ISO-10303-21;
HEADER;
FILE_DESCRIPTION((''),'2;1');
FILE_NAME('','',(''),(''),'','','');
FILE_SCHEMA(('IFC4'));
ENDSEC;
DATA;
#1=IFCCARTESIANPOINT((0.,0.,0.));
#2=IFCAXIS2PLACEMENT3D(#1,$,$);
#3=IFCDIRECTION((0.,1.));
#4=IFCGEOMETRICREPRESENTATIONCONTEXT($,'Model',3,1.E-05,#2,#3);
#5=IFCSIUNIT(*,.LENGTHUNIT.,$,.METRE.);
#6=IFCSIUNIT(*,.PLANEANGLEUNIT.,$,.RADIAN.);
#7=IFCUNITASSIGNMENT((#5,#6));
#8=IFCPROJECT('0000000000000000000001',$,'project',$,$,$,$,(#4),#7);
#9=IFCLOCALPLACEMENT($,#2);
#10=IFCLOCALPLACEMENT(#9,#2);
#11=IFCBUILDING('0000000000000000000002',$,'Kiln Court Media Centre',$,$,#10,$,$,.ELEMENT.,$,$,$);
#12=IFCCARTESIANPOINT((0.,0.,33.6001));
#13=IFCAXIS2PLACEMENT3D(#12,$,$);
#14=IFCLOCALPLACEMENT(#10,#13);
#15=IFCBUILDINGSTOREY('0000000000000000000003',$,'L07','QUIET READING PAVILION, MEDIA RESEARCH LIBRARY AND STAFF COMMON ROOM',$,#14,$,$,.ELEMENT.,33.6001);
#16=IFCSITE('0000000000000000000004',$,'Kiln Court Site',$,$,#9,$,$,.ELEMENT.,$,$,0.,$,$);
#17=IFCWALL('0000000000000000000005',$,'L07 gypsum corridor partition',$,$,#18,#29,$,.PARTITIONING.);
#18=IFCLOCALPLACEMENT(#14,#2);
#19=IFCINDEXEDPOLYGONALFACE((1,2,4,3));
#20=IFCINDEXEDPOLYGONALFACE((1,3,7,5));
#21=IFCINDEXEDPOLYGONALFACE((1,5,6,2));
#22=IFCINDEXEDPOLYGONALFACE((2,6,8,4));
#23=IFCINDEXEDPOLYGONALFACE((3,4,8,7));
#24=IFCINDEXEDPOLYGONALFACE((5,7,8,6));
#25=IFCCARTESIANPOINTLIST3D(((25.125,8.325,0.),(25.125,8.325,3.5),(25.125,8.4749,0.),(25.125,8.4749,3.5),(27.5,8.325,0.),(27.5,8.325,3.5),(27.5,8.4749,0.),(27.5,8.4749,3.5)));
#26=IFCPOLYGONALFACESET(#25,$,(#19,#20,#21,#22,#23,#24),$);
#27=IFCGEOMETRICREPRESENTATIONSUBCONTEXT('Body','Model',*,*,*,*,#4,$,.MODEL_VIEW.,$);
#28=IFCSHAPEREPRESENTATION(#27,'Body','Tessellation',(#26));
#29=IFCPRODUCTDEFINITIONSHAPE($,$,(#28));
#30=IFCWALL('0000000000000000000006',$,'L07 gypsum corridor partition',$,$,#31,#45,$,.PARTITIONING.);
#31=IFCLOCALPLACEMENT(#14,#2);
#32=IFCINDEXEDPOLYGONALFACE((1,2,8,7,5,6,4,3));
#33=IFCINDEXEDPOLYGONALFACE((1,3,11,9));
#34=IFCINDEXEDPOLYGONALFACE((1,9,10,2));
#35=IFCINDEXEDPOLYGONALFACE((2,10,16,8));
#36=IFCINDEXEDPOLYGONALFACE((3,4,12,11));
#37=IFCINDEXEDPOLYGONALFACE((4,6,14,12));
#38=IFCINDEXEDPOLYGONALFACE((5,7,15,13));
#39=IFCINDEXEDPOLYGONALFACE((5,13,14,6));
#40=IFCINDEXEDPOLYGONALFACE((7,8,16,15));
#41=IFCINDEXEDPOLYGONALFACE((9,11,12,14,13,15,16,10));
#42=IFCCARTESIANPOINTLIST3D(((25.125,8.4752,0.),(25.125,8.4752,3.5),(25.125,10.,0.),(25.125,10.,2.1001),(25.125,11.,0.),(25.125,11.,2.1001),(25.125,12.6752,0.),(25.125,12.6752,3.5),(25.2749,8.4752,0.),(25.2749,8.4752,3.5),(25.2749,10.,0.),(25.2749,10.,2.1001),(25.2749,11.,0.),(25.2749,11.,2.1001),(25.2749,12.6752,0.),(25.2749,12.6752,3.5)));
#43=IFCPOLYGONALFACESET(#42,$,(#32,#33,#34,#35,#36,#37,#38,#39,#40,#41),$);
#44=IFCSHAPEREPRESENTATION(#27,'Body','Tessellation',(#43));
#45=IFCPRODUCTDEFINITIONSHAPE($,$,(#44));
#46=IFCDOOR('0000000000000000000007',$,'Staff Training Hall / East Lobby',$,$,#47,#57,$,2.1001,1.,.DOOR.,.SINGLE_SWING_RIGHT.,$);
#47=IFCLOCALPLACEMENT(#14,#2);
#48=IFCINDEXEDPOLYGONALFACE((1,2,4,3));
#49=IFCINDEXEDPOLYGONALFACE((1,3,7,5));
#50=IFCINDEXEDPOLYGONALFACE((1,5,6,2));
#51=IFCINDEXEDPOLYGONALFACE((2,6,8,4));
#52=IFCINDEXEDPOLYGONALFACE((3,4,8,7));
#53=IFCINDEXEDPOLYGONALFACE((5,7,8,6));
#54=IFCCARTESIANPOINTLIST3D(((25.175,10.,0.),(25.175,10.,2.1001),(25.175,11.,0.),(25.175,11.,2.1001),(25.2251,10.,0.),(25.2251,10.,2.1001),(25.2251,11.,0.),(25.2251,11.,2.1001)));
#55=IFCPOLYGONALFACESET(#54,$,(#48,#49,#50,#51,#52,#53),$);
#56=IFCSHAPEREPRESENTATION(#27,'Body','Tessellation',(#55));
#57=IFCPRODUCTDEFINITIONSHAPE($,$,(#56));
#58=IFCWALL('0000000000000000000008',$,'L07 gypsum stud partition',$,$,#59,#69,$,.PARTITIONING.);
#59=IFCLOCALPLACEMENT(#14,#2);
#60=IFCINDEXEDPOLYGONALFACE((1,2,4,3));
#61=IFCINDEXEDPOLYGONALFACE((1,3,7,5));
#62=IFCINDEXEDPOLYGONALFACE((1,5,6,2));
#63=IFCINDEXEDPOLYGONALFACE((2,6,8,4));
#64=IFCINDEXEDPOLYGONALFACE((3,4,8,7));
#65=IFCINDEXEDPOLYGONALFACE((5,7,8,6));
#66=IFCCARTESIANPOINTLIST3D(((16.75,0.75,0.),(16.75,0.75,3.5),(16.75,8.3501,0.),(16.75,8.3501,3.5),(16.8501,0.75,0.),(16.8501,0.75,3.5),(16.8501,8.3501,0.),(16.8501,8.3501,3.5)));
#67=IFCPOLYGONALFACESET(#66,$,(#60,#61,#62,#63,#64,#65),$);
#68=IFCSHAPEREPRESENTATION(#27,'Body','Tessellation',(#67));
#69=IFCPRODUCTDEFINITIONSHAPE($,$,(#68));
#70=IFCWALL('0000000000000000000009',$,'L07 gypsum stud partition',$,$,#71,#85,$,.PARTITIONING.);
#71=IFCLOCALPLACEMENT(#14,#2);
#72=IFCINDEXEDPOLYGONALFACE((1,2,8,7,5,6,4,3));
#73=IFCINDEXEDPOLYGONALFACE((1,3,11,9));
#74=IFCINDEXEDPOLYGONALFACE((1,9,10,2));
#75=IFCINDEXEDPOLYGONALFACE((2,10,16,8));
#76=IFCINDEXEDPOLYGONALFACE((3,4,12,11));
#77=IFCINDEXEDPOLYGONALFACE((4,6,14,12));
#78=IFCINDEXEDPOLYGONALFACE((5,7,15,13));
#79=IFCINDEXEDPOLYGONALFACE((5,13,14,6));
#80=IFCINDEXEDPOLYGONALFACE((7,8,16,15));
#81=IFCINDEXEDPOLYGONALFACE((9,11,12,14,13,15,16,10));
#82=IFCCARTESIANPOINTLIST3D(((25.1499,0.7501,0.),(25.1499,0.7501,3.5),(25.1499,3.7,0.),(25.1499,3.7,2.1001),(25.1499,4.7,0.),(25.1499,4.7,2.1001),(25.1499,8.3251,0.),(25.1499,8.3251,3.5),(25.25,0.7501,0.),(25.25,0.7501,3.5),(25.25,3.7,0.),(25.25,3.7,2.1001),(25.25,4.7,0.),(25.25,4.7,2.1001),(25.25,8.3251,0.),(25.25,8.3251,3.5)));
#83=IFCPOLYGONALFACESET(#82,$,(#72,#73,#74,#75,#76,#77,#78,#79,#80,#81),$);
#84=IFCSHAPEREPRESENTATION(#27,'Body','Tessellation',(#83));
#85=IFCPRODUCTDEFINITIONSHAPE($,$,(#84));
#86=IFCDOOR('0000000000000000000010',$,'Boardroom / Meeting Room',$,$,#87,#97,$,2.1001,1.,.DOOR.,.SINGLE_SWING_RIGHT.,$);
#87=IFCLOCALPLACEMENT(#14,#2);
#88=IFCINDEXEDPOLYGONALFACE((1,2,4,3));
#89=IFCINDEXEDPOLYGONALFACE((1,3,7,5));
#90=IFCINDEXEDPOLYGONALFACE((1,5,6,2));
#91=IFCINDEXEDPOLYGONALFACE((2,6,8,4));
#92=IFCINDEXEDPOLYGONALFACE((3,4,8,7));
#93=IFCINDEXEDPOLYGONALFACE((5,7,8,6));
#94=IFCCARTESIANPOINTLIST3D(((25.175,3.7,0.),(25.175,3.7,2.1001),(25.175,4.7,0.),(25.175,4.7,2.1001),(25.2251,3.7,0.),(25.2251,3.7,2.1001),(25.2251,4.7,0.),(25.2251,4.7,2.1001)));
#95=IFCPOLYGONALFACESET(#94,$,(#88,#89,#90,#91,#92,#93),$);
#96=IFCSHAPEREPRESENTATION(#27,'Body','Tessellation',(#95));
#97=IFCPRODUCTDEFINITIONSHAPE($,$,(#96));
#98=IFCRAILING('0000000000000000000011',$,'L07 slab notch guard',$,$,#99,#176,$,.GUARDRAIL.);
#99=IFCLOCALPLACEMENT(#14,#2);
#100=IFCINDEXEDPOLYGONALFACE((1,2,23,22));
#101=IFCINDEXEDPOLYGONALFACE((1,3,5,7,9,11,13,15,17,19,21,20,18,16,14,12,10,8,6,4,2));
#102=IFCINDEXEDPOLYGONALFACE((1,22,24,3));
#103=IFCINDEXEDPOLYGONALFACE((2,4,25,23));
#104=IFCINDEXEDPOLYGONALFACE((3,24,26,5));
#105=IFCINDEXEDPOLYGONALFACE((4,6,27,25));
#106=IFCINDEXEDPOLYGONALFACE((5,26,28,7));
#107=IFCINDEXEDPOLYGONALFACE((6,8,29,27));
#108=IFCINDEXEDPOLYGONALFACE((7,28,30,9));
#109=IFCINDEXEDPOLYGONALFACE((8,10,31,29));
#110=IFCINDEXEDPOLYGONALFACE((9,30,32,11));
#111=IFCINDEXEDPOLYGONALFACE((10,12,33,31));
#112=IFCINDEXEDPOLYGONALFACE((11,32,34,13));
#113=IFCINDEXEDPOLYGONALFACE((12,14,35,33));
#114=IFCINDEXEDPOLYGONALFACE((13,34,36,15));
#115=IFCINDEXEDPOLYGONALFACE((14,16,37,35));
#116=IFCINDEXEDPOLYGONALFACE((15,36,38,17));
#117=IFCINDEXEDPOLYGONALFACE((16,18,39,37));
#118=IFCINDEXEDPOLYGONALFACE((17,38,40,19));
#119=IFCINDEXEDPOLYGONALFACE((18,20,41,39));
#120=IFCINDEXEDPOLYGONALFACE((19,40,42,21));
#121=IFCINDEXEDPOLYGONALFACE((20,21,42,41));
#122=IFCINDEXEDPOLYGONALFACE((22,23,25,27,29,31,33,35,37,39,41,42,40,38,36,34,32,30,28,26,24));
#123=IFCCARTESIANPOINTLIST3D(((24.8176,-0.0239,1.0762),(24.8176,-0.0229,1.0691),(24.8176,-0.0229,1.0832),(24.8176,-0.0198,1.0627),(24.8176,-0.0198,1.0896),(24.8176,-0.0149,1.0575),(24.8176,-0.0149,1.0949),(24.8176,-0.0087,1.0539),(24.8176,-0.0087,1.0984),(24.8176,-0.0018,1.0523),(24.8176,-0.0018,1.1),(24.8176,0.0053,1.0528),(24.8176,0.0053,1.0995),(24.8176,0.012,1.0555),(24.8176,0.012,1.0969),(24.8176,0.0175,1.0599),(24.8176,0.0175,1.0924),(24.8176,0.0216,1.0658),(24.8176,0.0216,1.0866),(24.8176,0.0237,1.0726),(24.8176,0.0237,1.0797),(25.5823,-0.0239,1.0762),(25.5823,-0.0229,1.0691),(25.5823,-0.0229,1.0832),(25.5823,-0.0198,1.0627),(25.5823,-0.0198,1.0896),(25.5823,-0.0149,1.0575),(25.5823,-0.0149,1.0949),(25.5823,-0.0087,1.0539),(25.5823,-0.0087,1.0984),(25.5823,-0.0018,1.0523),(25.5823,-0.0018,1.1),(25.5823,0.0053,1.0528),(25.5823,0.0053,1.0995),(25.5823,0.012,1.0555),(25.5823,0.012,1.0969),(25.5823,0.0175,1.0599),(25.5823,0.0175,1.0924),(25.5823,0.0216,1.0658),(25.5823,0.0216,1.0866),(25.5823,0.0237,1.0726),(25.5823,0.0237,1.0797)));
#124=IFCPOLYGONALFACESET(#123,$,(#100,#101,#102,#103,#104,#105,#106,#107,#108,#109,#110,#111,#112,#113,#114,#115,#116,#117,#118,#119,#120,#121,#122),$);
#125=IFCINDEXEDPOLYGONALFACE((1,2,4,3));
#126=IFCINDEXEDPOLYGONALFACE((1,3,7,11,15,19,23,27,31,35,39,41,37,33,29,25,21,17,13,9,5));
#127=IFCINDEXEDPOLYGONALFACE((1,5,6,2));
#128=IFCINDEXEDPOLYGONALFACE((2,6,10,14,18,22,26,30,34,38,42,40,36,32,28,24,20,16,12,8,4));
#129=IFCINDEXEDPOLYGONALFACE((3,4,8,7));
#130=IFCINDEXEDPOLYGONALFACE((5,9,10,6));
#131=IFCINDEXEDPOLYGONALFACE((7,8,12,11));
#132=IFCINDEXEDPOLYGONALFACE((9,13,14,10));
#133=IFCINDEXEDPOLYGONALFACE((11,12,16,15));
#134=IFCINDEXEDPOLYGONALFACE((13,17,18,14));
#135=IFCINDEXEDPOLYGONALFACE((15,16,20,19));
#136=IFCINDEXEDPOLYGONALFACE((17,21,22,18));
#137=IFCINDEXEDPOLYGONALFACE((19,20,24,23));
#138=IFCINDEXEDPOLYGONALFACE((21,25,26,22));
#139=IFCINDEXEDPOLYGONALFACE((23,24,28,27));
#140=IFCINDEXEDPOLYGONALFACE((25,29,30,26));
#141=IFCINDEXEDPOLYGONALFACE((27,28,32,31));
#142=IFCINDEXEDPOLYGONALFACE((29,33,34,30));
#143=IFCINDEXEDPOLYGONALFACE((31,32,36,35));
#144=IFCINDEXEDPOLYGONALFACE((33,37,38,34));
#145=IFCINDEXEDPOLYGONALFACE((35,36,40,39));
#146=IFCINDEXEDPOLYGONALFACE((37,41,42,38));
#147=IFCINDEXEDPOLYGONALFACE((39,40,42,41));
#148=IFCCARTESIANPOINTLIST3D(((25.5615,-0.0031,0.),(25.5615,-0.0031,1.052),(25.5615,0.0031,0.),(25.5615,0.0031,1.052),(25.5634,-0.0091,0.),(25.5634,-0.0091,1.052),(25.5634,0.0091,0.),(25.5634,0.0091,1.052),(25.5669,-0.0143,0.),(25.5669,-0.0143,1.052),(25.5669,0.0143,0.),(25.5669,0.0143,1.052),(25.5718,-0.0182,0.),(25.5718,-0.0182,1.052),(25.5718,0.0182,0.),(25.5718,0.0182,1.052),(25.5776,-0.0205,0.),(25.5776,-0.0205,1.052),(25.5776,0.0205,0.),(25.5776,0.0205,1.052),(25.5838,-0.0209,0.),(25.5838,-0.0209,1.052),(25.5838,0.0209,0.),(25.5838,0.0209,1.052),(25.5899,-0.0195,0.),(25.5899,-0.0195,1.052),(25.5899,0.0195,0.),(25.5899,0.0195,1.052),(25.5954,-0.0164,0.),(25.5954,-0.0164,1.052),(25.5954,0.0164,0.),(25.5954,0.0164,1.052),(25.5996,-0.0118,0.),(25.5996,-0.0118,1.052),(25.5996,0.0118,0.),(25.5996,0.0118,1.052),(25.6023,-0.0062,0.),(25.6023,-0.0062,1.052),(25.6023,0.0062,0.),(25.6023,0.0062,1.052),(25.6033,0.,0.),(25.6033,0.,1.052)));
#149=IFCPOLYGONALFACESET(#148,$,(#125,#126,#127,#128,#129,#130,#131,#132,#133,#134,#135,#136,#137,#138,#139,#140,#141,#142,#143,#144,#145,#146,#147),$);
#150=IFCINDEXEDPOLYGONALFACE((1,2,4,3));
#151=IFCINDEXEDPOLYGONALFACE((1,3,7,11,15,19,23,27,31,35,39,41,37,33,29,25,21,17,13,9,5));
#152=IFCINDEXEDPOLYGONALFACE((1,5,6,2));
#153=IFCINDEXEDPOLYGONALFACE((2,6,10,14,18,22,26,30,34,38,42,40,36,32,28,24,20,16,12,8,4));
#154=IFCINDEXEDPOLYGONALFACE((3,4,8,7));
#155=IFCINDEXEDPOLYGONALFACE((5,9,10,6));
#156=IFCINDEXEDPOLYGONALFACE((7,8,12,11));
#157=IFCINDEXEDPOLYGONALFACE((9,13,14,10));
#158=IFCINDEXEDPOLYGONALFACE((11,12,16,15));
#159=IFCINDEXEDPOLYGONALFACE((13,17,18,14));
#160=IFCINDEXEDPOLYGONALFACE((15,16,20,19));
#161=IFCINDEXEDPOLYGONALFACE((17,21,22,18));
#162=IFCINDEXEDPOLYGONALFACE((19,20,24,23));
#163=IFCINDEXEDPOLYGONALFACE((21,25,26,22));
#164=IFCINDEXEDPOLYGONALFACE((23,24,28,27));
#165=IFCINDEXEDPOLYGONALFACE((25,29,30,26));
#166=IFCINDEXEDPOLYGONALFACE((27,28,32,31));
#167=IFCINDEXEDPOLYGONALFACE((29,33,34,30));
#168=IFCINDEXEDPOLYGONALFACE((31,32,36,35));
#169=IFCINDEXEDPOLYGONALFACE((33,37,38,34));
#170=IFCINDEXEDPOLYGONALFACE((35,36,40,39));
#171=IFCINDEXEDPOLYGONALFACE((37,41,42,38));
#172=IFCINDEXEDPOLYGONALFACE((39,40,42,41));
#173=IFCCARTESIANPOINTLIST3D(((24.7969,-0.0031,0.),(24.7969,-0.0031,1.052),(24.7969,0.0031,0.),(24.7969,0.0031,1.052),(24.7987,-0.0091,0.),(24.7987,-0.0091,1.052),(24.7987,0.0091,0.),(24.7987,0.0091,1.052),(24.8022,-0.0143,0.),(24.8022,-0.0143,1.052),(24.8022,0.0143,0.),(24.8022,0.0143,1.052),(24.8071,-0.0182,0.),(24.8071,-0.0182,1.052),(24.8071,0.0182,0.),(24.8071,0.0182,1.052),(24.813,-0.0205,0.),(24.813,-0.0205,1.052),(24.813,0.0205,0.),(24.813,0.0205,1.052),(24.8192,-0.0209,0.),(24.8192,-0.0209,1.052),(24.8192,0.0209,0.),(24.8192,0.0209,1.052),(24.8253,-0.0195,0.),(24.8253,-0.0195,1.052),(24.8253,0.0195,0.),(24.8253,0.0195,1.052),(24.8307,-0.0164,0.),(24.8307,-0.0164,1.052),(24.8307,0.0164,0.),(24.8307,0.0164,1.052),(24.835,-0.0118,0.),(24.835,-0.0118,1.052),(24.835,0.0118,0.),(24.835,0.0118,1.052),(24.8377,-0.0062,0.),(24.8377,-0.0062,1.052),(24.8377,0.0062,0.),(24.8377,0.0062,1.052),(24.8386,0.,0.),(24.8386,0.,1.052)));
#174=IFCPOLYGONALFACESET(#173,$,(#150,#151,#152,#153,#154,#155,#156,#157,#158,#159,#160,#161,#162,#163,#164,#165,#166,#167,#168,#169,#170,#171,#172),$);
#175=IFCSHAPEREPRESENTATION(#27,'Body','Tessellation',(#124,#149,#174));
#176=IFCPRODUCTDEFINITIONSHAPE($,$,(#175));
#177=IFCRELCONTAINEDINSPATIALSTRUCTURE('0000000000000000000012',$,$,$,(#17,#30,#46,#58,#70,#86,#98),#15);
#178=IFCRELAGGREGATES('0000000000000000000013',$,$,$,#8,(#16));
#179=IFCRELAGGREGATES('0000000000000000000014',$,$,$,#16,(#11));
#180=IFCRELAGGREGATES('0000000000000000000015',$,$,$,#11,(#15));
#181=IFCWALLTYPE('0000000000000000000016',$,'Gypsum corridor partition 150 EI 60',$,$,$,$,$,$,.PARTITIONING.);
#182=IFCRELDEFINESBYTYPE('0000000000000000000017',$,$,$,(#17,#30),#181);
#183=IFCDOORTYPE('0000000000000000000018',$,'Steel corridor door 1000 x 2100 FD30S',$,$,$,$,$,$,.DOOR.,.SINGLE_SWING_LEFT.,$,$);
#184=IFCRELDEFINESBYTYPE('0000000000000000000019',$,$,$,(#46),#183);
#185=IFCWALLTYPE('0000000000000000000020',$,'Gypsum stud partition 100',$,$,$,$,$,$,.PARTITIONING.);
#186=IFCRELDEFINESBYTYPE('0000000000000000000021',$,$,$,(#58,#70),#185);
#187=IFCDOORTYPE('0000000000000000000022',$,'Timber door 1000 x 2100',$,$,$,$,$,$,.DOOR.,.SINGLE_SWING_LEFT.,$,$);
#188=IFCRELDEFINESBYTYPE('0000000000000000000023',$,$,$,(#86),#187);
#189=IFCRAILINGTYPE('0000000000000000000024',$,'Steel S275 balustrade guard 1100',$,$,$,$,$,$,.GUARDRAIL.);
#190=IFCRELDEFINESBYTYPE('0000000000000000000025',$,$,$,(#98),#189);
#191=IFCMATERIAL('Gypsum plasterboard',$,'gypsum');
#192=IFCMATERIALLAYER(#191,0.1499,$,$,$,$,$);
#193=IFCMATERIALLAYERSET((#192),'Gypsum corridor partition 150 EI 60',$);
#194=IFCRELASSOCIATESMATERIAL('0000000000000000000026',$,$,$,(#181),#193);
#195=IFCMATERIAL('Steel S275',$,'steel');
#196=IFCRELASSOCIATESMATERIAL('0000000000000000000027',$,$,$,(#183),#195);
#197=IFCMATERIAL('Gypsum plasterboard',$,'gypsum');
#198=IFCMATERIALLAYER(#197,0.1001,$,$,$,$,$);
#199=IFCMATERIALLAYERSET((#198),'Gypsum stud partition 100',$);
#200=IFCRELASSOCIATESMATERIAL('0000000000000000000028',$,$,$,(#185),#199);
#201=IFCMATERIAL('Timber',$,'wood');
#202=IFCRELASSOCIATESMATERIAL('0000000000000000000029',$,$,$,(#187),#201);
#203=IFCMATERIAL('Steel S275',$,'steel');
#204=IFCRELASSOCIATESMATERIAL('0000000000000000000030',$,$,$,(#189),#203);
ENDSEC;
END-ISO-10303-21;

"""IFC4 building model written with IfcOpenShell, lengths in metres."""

from ifc_helpers import new_model, si_unit, direction, frame, frame_2d, origin, origin_2d, place, context, subcontext, project, spatial, rectangle, circle, extrude, material, layer, layer_set, type_object, element, fill, save


model = new_model("IFC4")

# Units and contexts
model_context = context("Model", 3, precision=1e-05, world=origin(), true_north=direction((0.0, 1.0)))
body_context = subcontext(model_context, "Body", "Model", "MODEL_VIEW")
ifc_project = project(units=[si_unit("LENGTHUNIT", "METRE"), si_unit("PLANEANGLEUNIT", "RADIAN")], contexts=[model_context])

# Site, building, storey
site_placement = place(None, origin())
site = spatial("IfcSite", under=ifc_project, at=site_placement, Name="Kiln Court Site", CompositionType="ELEMENT", RefElevation=0.0)
building_placement = place(site_placement, origin())
building = spatial("IfcBuilding", under=site, at=building_placement, Name="Kiln Court Media Centre", CompositionType="ELEMENT")
storey_placement = place(building_placement, frame((0.0, 0.0, 33.6001)))
storey = spatial("IfcBuildingStorey", under=building, at=storey_placement, Name="L07", Description="QUIET READING PAVILION, MEDIA RESEARCH LIBRARY AND STAFF COMMON ROOM", CompositionType="ELEMENT", Elevation=33.6001)

# Wall
ifc_material_1 = material(Name="Gypsum plasterboard", Category="gypsum")
ifc_layer_1 = layer(ifc_material_1, 0.1499)
ifc_layer_set_1 = layer_set([ifc_layer_1], Name="Gypsum corridor partition 150 EI 60")
wall_type_1 = type_object("IfcWallType", Name="Gypsum corridor partition 150 EI 60", PredefinedType="PARTITIONING", material=ifc_layer_set_1)
wall_1_placement = place(storey_placement, frame((25.125, 8.3999, 0.0), z_axis=(0.0, 0.0, 1.0), x_axis=(1.0, 0.0, 0.0)))
element("IfcWall", 1, at=wall_1_placement, inside=storey, type_object=wall_type_1, Name="L07 gypsum corridor partition", PredefinedType="PARTITIONING", context=body_context, shape_type="SweptSolid", body=[
    extrude(rectangle(XDim=2.375, YDim=0.1499, at=frame_2d((1.1875, 0.0))), origin(), (0.0, 0.0, 1.0), 3.5),
])

# Wall, opening, door
wall_2_placement = place(storey_placement, frame((25.2, 8.4751, 0.0), z_axis=(0.0, 0.0, 1.0), x_axis=(0.0, 1.0, 0.0)))
wall_2 = element("IfcWall", 2, at=wall_2_placement, inside=storey, type_object=wall_type_1, Name="L07 gypsum corridor partition", PredefinedType="PARTITIONING", context=body_context, shape_type="SweptSolid", body=[
    extrude(rectangle(XDim=4.2, YDim=0.1499, at=frame_2d((2.1001, 0.0))), origin(), (0.0, 0.0, 1.0), 3.5),
])
opening_1_placement = place(wall_2_placement, frame((1.5249, 0.0, 0.0)))
opening_1 = element("IfcOpeningElement", 3, at=opening_1_placement, cuts=wall_2, PredefinedType="OPENING", context=body_context, shape_type="SweptSolid", body=[
    extrude(rectangle(XDim=1.0, YDim=2.1001, at=frame_2d((0.5, 1.05))), frame((0.0, 0.085, 0.0), z_axis=(0.0, -1.0, 0.0), x_axis=(1.0, 0.0, 0.0)), (0.0, 0.0, 1.0), 0.1699),
])
ifc_material_2 = material(Name="Steel S275", Category="steel")
door_type_1 = type_object("IfcDoorType", Name="Steel corridor door 1000 x 2100 FD30S", OperationType="SINGLE_SWING_LEFT", PredefinedType="DOOR", material=ifc_material_2)
door_1_placement = place(opening_1_placement, origin())
door_1 = element("IfcDoor", 4, at=door_1_placement, inside=storey, type_object=door_type_1, Name="Staff Training Hall / East Lobby", OperationType="SINGLE_SWING_RIGHT", OverallHeight=2.1001, OverallWidth=1.0, PredefinedType="DOOR", context=body_context, shape_type="SweptSolid", body=[
    extrude(rectangle(XDim=1.0, YDim=2.1001, at=frame_2d((0.5, 1.05))), frame((0.0, 0.0249, 0.0), z_axis=(0.0, -1.0, 0.0), x_axis=(1.0, 0.0, 0.0)), (0.0, 0.0, 1.0), 0.05),
])
fill(opening_1, door_1)

# Wall
ifc_material_3 = material(Name="Gypsum plasterboard", Category="gypsum")
ifc_layer_2 = layer(ifc_material_3, 0.1001)
ifc_layer_set_2 = layer_set([ifc_layer_2], Name="Gypsum stud partition 100")
wall_type_2 = type_object("IfcWallType", Name="Gypsum stud partition 100", PredefinedType="PARTITIONING", material=ifc_layer_set_2)
wall_3_placement = place(storey_placement, frame((16.8, 0.75, 0.0), z_axis=(0.0, 0.0, 1.0), x_axis=(0.0, 1.0, 0.0)))
element("IfcWall", 5, at=wall_3_placement, inside=storey, type_object=wall_type_2, Name="L07 gypsum stud partition", PredefinedType="PARTITIONING", context=body_context, shape_type="SweptSolid", body=[
    extrude(rectangle(XDim=7.6001, YDim=0.1001, at=frame_2d((3.8, 0.0))), origin(), (0.0, 0.0, 1.0), 3.5),
])

# Wall, opening, door
wall_4_placement = place(storey_placement, frame((25.2, 0.75, 0.0), z_axis=(0.0, 0.0, 1.0), x_axis=(0.0, 1.0, 0.0)))
wall_4 = element("IfcWall", 6, at=wall_4_placement, inside=storey, type_object=wall_type_2, Name="L07 gypsum stud partition", PredefinedType="PARTITIONING", context=body_context, shape_type="SweptSolid", body=[
    extrude(rectangle(XDim=7.575, YDim=0.1001, at=frame_2d((3.7876, 0.0))), origin(), (0.0, 0.0, 1.0), 3.5),
])
opening_2_placement = place(wall_4_placement, frame((2.95, 0.0, 0.0)))
opening_2 = element("IfcOpeningElement", 7, at=opening_2_placement, cuts=wall_4, PredefinedType="OPENING", context=body_context, shape_type="SweptSolid", body=[
    extrude(rectangle(XDim=1.0, YDim=2.1001, at=frame_2d((0.5, 1.05))), frame((0.0, 0.0601, 0.0), z_axis=(0.0, -1.0, 0.0), x_axis=(1.0, 0.0, 0.0)), (0.0, 0.0, 1.0), 0.1201),
])
ifc_material_4 = material(Name="Timber", Category="wood")
door_type_2 = type_object("IfcDoorType", Name="Timber door 1000 x 2100", OperationType="SINGLE_SWING_LEFT", PredefinedType="DOOR", material=ifc_material_4)
door_2_placement = place(opening_2_placement, origin())
door_2 = element("IfcDoor", 8, at=door_2_placement, inside=storey, type_object=door_type_2, Name="Boardroom / Meeting Room", OperationType="SINGLE_SWING_RIGHT", OverallHeight=2.1001, OverallWidth=1.0, PredefinedType="DOOR", context=body_context, shape_type="SweptSolid", body=[
    extrude(rectangle(XDim=1.0, YDim=2.1001, at=frame_2d((0.5, 1.05))), frame((0.0, 0.0249, 0.0), z_axis=(0.0, -1.0, 0.0), x_axis=(1.0, 0.0, 0.0)), (0.0, 0.0, 1.0), 0.05),
])
fill(opening_2, door_2)

# Railing
ifc_material_5 = material(Name="Steel S275", Category="steel")
railing_type = type_object("IfcRailingType", Name="Steel S275 balustrade guard 1100", PredefinedType="GUARDRAIL", material=ifc_material_5)
railing_placement = place(storey_placement, frame((25.5823, 0.0, 0.0)))
element("IfcRailing", 9, at=railing_placement, inside=storey, type_object=railing_type, Name="L07 slab notch guard", PredefinedType="GUARDRAIL", context=body_context, shape_type="SweptSolid", body=[
    extrude(circle(Radius=0.0239, at=origin_2d()), frame((0.0, 0.0, 1.0762), z_axis=(-1.0, 0.0, 0.0), x_axis=(0.0, -1.0, 0.0)), (0.0, 0.0, 1.0), 0.7646),
    extrude(circle(Radius=0.021, at=origin_2d()), origin(), (0.0, 0.0, 1.0), 1.052),
    extrude(circle(Radius=0.021, at=origin_2d()), frame((-0.7646, 0.0, 0.0)), (0.0, 0.0, 1.0), 1.052),
])

save(model, "model.ifc")
